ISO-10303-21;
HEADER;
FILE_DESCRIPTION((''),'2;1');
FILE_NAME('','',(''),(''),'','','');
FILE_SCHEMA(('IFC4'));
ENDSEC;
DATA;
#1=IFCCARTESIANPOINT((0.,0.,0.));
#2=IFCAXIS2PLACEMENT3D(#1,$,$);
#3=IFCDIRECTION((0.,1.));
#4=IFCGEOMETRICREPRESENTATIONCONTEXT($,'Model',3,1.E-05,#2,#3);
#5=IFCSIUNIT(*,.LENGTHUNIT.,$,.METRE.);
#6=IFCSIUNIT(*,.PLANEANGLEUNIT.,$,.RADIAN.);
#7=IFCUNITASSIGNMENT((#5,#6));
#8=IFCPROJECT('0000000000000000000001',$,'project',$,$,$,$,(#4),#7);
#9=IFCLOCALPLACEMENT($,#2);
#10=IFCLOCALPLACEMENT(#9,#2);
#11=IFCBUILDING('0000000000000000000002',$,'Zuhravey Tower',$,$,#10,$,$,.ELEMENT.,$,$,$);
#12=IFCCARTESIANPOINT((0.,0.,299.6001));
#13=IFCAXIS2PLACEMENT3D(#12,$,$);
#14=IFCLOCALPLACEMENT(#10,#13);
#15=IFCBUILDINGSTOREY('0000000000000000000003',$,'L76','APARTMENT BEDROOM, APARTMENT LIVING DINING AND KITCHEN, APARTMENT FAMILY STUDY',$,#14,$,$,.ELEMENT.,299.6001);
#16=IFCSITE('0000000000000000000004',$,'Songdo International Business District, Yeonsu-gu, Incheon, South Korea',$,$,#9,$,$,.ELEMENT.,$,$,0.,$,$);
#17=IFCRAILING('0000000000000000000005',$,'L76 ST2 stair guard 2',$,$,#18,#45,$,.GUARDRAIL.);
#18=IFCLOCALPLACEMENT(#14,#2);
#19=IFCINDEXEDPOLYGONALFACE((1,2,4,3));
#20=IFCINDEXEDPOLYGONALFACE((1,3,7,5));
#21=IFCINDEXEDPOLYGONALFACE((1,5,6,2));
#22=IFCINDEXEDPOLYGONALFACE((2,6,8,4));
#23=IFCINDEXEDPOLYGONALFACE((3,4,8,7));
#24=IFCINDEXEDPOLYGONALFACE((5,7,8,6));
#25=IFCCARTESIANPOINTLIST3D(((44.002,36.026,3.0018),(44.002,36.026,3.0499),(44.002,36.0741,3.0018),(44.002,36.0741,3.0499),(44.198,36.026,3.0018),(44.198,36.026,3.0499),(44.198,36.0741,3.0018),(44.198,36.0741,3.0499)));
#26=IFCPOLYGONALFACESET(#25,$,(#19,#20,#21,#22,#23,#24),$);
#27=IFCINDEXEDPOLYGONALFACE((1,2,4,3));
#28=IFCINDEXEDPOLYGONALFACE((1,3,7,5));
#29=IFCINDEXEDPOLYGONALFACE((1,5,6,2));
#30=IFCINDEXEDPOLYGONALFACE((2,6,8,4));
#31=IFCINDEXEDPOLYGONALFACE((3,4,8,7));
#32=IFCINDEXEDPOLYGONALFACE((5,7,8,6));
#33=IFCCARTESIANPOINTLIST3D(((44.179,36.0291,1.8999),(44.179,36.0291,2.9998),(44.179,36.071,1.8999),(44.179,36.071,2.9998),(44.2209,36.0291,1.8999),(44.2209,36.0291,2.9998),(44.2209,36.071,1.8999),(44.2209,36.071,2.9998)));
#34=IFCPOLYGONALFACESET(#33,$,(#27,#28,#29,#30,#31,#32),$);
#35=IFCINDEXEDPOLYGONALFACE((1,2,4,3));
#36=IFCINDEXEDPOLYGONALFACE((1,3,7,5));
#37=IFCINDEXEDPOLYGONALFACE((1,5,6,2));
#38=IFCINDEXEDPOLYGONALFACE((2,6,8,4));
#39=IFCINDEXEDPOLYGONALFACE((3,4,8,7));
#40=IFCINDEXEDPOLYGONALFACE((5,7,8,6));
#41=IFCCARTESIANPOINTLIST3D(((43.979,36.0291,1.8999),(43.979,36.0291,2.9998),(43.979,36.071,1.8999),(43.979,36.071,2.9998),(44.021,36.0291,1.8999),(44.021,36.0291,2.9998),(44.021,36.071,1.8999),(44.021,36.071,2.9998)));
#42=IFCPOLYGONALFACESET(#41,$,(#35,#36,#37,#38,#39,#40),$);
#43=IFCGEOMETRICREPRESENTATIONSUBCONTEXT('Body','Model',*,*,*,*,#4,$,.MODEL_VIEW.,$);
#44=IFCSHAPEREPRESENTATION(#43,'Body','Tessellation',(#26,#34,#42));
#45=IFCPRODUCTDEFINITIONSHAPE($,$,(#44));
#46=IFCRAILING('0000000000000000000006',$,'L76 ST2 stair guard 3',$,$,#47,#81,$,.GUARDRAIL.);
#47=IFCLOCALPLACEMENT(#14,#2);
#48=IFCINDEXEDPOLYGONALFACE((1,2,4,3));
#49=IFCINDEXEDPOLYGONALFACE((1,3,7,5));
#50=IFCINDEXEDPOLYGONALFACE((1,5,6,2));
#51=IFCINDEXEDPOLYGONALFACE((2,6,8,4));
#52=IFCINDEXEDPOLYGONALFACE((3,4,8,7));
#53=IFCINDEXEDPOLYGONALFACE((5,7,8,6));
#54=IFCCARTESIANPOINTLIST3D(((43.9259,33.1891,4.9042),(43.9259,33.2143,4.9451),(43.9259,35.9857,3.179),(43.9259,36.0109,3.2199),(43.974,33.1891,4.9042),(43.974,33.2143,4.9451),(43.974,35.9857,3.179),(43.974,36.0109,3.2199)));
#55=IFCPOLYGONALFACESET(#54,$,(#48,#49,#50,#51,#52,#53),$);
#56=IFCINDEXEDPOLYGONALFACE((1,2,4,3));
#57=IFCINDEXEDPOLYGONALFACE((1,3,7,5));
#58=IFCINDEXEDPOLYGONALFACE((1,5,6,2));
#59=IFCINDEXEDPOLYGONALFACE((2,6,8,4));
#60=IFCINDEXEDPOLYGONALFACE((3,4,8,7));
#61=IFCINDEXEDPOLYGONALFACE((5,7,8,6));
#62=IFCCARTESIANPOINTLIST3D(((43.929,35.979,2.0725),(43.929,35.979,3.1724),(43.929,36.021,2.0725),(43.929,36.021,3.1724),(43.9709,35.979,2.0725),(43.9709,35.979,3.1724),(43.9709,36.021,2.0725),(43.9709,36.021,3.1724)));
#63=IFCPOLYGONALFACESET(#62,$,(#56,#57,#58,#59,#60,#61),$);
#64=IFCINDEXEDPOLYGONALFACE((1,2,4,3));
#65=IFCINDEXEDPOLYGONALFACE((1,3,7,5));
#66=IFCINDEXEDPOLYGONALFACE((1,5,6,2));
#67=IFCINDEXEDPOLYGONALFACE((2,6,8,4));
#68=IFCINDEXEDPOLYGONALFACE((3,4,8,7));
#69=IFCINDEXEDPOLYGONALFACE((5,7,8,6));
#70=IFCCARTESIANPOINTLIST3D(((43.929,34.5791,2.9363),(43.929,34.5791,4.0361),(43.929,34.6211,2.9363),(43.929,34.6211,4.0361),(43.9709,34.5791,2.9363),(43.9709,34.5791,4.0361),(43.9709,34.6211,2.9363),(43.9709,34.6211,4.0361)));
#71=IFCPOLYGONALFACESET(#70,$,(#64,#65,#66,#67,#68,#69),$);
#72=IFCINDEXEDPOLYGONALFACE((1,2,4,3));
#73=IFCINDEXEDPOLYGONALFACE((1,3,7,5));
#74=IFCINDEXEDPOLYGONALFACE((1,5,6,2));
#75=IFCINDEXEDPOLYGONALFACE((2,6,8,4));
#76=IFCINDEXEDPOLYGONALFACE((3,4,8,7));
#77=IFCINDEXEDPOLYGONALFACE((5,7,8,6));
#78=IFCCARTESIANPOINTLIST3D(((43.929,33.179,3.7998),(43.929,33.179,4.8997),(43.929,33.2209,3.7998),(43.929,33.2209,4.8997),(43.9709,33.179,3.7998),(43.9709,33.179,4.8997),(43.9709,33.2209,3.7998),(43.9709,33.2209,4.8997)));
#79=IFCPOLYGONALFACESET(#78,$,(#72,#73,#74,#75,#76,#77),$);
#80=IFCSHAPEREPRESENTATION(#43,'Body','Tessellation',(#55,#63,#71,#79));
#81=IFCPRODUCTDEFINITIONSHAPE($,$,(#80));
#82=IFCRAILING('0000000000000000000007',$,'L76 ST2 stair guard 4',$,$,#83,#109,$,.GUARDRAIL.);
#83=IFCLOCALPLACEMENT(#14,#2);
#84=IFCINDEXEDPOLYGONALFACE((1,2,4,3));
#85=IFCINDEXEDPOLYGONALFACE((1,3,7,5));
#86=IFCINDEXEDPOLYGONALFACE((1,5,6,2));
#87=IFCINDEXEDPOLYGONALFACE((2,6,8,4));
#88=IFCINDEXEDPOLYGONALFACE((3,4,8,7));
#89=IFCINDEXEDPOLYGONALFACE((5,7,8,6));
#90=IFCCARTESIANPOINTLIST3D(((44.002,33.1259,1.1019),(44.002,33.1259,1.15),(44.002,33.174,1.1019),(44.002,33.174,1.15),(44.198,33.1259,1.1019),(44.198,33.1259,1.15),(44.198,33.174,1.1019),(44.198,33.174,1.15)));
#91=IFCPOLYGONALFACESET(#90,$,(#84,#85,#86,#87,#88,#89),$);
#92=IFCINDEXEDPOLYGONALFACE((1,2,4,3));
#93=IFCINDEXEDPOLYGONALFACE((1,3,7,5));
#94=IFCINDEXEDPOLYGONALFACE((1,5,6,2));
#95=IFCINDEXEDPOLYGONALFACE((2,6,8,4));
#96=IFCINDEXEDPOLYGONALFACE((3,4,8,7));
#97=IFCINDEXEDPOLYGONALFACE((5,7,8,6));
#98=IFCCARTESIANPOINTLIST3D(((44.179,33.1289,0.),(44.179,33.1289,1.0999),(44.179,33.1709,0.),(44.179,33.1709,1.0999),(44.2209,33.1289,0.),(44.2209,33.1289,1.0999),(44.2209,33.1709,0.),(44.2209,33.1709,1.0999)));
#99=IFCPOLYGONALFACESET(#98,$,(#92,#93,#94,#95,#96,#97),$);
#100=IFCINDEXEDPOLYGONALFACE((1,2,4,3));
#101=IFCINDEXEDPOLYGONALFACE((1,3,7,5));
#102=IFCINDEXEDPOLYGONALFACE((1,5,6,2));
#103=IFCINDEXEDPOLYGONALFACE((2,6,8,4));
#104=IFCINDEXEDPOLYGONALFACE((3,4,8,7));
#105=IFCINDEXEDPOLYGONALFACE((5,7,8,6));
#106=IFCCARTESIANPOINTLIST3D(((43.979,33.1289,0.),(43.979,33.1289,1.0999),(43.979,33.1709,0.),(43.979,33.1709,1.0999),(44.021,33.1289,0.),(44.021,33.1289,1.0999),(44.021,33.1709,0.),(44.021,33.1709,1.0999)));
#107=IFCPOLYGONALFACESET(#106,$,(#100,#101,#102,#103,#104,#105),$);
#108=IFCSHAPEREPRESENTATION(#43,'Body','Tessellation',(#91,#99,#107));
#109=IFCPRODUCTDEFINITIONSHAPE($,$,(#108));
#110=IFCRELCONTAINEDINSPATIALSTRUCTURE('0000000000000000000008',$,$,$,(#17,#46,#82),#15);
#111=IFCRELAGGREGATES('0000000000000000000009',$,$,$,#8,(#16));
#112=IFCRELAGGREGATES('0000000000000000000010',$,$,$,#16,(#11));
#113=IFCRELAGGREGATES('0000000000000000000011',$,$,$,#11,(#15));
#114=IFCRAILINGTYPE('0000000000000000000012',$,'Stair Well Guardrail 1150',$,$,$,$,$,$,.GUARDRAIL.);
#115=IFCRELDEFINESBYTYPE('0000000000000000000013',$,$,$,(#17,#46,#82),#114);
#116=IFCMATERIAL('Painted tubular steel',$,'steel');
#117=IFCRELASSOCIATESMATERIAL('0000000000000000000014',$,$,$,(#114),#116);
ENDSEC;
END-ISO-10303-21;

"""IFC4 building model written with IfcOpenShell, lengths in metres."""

from ifc_helpers import new_model, si_unit, direction, frame, origin, origin_2d, place, context, subcontext, project, spatial, rectangle, extrude, material, type_object, element, save


model = new_model("IFC4")

# Units and contexts
model_context = context("Model", 3, precision=1e-05, world=origin(), true_north=direction((0.0, 1.0)))
body_context = subcontext(model_context, "Body", "Model", "MODEL_VIEW")
ifc_project = project(units=[si_unit("LENGTHUNIT", "METRE"), si_unit("PLANEANGLEUNIT", "RADIAN")], contexts=[model_context])

# Site, building, storey
site_placement = place(None, origin())
site = spatial("IfcSite", under=ifc_project, at=site_placement, Name="Songdo International Business District, Yeonsu-gu, Incheon, South Korea", CompositionType="ELEMENT", RefElevation=0.0)
building_placement = place(site_placement, origin())
building = spatial("IfcBuilding", under=site, at=building_placement, Name="Zuhravey Tower", CompositionType="ELEMENT")
storey_placement = place(building_placement, frame((0.0, 0.0, 299.6001)))
storey = spatial("IfcBuildingStorey", under=building, at=storey_placement, Name="L76", Description="APARTMENT BEDROOM, APARTMENT LIVING DINING AND KITCHEN, APARTMENT FAMILY STUDY", CompositionType="ELEMENT", Elevation=299.6001)

# Railings
ifc_material_1 = material(Name="Painted tubular steel", Category="steel")
railing_type_1 = type_object("IfcRailingType", Name="Stair Well Guardrail 1150", PredefinedType="GUARDRAIL", material=ifc_material_1)
railing_1_placement = place(storey_placement, frame((44.2, 36.05, 1.8999)))
element("IfcRailing", 1, at=railing_1_placement, inside=storey, type_object=railing_type_1, Name="L76 ST2 stair guard 2", PredefinedType="GUARDRAIL", context=body_context, shape_type="SweptSolid", body=[
    extrude(rectangle(XDim=0.0481, YDim=0.0481, at=origin_2d()), frame((-0.002, 0.0, 1.126), z_axis=(-1.0, 0.0, 0.0), x_axis=(0.0, -1.0, 0.0)), (0.0, 0.0, 1.0), 0.196),
    extrude(rectangle(XDim=0.042, YDim=0.042, at=origin_2d()), origin(), (0.0, 0.0, 1.0), 1.0999),
    extrude(rectangle(XDim=0.042, YDim=0.042, at=origin_2d()), frame((-0.2, 0.0, 0.0)), (0.0, 0.0, 1.0), 1.0999),
])
railing_2_placement = place(storey_placement, frame((43.95, 36.0, 2.0725)))
element("IfcRailing", 2, at=railing_2_placement, inside=storey, type_object=railing_type_1, Name="L76 ST2 stair guard 3", PredefinedType="GUARDRAIL", context=body_context, shape_type="SweptSolid", body=[
    extrude(rectangle(XDim=0.0481, YDim=0.0481, at=origin_2d()), frame((0.0, -0.0017, 1.127), z_axis=(0.0, -0.85109, 0.52502), x_axis=(1.0, 0.0, 0.0)), (0.0, 0.0, 1.0), 3.2859),
    extrude(rectangle(XDim=0.042, YDim=0.042, at=origin_2d()), origin(), (0.0, 0.0, 1.0), 1.0999),
    extrude(rectangle(XDim=0.042, YDim=0.042, at=origin_2d()), frame((0.0, -1.3999, 0.8638)), (0.0, 0.0, 1.0), 1.0999),
    extrude(rectangle(XDim=0.042, YDim=0.042, at=origin_2d()), frame((0.0, -2.8, 1.7273)), (0.0, 0.0, 1.0), 1.0999),
])
railing_3_placement = place(storey_placement, frame((44.2, 33.1499, 0.0)))
element("IfcRailing", 3, at=railing_3_placement, inside=storey, type_object=railing_type_1, Name="L76 ST2 stair guard 4", PredefinedType="GUARDRAIL", context=body_context, shape_type="SweptSolid", body=[
    extrude(rectangle(XDim=0.0481, YDim=0.0481, at=origin_2d()), frame((-0.002, 0.0, 1.126), z_axis=(-1.0, 0.0, 0.0), x_axis=(0.0, -1.0, 0.0)), (0.0, 0.0, 1.0), 0.196),
    extrude(rectangle(XDim=0.042, YDim=0.042, at=origin_2d()), origin(), (0.0, 0.0, 1.0), 1.0999),
    extrude(rectangle(XDim=0.042, YDim=0.042, at=origin_2d()), frame((-0.2, 0.0, 0.0)), (0.0, 0.0, 1.0), 1.0999),
])

save(model, "model.ifc")
